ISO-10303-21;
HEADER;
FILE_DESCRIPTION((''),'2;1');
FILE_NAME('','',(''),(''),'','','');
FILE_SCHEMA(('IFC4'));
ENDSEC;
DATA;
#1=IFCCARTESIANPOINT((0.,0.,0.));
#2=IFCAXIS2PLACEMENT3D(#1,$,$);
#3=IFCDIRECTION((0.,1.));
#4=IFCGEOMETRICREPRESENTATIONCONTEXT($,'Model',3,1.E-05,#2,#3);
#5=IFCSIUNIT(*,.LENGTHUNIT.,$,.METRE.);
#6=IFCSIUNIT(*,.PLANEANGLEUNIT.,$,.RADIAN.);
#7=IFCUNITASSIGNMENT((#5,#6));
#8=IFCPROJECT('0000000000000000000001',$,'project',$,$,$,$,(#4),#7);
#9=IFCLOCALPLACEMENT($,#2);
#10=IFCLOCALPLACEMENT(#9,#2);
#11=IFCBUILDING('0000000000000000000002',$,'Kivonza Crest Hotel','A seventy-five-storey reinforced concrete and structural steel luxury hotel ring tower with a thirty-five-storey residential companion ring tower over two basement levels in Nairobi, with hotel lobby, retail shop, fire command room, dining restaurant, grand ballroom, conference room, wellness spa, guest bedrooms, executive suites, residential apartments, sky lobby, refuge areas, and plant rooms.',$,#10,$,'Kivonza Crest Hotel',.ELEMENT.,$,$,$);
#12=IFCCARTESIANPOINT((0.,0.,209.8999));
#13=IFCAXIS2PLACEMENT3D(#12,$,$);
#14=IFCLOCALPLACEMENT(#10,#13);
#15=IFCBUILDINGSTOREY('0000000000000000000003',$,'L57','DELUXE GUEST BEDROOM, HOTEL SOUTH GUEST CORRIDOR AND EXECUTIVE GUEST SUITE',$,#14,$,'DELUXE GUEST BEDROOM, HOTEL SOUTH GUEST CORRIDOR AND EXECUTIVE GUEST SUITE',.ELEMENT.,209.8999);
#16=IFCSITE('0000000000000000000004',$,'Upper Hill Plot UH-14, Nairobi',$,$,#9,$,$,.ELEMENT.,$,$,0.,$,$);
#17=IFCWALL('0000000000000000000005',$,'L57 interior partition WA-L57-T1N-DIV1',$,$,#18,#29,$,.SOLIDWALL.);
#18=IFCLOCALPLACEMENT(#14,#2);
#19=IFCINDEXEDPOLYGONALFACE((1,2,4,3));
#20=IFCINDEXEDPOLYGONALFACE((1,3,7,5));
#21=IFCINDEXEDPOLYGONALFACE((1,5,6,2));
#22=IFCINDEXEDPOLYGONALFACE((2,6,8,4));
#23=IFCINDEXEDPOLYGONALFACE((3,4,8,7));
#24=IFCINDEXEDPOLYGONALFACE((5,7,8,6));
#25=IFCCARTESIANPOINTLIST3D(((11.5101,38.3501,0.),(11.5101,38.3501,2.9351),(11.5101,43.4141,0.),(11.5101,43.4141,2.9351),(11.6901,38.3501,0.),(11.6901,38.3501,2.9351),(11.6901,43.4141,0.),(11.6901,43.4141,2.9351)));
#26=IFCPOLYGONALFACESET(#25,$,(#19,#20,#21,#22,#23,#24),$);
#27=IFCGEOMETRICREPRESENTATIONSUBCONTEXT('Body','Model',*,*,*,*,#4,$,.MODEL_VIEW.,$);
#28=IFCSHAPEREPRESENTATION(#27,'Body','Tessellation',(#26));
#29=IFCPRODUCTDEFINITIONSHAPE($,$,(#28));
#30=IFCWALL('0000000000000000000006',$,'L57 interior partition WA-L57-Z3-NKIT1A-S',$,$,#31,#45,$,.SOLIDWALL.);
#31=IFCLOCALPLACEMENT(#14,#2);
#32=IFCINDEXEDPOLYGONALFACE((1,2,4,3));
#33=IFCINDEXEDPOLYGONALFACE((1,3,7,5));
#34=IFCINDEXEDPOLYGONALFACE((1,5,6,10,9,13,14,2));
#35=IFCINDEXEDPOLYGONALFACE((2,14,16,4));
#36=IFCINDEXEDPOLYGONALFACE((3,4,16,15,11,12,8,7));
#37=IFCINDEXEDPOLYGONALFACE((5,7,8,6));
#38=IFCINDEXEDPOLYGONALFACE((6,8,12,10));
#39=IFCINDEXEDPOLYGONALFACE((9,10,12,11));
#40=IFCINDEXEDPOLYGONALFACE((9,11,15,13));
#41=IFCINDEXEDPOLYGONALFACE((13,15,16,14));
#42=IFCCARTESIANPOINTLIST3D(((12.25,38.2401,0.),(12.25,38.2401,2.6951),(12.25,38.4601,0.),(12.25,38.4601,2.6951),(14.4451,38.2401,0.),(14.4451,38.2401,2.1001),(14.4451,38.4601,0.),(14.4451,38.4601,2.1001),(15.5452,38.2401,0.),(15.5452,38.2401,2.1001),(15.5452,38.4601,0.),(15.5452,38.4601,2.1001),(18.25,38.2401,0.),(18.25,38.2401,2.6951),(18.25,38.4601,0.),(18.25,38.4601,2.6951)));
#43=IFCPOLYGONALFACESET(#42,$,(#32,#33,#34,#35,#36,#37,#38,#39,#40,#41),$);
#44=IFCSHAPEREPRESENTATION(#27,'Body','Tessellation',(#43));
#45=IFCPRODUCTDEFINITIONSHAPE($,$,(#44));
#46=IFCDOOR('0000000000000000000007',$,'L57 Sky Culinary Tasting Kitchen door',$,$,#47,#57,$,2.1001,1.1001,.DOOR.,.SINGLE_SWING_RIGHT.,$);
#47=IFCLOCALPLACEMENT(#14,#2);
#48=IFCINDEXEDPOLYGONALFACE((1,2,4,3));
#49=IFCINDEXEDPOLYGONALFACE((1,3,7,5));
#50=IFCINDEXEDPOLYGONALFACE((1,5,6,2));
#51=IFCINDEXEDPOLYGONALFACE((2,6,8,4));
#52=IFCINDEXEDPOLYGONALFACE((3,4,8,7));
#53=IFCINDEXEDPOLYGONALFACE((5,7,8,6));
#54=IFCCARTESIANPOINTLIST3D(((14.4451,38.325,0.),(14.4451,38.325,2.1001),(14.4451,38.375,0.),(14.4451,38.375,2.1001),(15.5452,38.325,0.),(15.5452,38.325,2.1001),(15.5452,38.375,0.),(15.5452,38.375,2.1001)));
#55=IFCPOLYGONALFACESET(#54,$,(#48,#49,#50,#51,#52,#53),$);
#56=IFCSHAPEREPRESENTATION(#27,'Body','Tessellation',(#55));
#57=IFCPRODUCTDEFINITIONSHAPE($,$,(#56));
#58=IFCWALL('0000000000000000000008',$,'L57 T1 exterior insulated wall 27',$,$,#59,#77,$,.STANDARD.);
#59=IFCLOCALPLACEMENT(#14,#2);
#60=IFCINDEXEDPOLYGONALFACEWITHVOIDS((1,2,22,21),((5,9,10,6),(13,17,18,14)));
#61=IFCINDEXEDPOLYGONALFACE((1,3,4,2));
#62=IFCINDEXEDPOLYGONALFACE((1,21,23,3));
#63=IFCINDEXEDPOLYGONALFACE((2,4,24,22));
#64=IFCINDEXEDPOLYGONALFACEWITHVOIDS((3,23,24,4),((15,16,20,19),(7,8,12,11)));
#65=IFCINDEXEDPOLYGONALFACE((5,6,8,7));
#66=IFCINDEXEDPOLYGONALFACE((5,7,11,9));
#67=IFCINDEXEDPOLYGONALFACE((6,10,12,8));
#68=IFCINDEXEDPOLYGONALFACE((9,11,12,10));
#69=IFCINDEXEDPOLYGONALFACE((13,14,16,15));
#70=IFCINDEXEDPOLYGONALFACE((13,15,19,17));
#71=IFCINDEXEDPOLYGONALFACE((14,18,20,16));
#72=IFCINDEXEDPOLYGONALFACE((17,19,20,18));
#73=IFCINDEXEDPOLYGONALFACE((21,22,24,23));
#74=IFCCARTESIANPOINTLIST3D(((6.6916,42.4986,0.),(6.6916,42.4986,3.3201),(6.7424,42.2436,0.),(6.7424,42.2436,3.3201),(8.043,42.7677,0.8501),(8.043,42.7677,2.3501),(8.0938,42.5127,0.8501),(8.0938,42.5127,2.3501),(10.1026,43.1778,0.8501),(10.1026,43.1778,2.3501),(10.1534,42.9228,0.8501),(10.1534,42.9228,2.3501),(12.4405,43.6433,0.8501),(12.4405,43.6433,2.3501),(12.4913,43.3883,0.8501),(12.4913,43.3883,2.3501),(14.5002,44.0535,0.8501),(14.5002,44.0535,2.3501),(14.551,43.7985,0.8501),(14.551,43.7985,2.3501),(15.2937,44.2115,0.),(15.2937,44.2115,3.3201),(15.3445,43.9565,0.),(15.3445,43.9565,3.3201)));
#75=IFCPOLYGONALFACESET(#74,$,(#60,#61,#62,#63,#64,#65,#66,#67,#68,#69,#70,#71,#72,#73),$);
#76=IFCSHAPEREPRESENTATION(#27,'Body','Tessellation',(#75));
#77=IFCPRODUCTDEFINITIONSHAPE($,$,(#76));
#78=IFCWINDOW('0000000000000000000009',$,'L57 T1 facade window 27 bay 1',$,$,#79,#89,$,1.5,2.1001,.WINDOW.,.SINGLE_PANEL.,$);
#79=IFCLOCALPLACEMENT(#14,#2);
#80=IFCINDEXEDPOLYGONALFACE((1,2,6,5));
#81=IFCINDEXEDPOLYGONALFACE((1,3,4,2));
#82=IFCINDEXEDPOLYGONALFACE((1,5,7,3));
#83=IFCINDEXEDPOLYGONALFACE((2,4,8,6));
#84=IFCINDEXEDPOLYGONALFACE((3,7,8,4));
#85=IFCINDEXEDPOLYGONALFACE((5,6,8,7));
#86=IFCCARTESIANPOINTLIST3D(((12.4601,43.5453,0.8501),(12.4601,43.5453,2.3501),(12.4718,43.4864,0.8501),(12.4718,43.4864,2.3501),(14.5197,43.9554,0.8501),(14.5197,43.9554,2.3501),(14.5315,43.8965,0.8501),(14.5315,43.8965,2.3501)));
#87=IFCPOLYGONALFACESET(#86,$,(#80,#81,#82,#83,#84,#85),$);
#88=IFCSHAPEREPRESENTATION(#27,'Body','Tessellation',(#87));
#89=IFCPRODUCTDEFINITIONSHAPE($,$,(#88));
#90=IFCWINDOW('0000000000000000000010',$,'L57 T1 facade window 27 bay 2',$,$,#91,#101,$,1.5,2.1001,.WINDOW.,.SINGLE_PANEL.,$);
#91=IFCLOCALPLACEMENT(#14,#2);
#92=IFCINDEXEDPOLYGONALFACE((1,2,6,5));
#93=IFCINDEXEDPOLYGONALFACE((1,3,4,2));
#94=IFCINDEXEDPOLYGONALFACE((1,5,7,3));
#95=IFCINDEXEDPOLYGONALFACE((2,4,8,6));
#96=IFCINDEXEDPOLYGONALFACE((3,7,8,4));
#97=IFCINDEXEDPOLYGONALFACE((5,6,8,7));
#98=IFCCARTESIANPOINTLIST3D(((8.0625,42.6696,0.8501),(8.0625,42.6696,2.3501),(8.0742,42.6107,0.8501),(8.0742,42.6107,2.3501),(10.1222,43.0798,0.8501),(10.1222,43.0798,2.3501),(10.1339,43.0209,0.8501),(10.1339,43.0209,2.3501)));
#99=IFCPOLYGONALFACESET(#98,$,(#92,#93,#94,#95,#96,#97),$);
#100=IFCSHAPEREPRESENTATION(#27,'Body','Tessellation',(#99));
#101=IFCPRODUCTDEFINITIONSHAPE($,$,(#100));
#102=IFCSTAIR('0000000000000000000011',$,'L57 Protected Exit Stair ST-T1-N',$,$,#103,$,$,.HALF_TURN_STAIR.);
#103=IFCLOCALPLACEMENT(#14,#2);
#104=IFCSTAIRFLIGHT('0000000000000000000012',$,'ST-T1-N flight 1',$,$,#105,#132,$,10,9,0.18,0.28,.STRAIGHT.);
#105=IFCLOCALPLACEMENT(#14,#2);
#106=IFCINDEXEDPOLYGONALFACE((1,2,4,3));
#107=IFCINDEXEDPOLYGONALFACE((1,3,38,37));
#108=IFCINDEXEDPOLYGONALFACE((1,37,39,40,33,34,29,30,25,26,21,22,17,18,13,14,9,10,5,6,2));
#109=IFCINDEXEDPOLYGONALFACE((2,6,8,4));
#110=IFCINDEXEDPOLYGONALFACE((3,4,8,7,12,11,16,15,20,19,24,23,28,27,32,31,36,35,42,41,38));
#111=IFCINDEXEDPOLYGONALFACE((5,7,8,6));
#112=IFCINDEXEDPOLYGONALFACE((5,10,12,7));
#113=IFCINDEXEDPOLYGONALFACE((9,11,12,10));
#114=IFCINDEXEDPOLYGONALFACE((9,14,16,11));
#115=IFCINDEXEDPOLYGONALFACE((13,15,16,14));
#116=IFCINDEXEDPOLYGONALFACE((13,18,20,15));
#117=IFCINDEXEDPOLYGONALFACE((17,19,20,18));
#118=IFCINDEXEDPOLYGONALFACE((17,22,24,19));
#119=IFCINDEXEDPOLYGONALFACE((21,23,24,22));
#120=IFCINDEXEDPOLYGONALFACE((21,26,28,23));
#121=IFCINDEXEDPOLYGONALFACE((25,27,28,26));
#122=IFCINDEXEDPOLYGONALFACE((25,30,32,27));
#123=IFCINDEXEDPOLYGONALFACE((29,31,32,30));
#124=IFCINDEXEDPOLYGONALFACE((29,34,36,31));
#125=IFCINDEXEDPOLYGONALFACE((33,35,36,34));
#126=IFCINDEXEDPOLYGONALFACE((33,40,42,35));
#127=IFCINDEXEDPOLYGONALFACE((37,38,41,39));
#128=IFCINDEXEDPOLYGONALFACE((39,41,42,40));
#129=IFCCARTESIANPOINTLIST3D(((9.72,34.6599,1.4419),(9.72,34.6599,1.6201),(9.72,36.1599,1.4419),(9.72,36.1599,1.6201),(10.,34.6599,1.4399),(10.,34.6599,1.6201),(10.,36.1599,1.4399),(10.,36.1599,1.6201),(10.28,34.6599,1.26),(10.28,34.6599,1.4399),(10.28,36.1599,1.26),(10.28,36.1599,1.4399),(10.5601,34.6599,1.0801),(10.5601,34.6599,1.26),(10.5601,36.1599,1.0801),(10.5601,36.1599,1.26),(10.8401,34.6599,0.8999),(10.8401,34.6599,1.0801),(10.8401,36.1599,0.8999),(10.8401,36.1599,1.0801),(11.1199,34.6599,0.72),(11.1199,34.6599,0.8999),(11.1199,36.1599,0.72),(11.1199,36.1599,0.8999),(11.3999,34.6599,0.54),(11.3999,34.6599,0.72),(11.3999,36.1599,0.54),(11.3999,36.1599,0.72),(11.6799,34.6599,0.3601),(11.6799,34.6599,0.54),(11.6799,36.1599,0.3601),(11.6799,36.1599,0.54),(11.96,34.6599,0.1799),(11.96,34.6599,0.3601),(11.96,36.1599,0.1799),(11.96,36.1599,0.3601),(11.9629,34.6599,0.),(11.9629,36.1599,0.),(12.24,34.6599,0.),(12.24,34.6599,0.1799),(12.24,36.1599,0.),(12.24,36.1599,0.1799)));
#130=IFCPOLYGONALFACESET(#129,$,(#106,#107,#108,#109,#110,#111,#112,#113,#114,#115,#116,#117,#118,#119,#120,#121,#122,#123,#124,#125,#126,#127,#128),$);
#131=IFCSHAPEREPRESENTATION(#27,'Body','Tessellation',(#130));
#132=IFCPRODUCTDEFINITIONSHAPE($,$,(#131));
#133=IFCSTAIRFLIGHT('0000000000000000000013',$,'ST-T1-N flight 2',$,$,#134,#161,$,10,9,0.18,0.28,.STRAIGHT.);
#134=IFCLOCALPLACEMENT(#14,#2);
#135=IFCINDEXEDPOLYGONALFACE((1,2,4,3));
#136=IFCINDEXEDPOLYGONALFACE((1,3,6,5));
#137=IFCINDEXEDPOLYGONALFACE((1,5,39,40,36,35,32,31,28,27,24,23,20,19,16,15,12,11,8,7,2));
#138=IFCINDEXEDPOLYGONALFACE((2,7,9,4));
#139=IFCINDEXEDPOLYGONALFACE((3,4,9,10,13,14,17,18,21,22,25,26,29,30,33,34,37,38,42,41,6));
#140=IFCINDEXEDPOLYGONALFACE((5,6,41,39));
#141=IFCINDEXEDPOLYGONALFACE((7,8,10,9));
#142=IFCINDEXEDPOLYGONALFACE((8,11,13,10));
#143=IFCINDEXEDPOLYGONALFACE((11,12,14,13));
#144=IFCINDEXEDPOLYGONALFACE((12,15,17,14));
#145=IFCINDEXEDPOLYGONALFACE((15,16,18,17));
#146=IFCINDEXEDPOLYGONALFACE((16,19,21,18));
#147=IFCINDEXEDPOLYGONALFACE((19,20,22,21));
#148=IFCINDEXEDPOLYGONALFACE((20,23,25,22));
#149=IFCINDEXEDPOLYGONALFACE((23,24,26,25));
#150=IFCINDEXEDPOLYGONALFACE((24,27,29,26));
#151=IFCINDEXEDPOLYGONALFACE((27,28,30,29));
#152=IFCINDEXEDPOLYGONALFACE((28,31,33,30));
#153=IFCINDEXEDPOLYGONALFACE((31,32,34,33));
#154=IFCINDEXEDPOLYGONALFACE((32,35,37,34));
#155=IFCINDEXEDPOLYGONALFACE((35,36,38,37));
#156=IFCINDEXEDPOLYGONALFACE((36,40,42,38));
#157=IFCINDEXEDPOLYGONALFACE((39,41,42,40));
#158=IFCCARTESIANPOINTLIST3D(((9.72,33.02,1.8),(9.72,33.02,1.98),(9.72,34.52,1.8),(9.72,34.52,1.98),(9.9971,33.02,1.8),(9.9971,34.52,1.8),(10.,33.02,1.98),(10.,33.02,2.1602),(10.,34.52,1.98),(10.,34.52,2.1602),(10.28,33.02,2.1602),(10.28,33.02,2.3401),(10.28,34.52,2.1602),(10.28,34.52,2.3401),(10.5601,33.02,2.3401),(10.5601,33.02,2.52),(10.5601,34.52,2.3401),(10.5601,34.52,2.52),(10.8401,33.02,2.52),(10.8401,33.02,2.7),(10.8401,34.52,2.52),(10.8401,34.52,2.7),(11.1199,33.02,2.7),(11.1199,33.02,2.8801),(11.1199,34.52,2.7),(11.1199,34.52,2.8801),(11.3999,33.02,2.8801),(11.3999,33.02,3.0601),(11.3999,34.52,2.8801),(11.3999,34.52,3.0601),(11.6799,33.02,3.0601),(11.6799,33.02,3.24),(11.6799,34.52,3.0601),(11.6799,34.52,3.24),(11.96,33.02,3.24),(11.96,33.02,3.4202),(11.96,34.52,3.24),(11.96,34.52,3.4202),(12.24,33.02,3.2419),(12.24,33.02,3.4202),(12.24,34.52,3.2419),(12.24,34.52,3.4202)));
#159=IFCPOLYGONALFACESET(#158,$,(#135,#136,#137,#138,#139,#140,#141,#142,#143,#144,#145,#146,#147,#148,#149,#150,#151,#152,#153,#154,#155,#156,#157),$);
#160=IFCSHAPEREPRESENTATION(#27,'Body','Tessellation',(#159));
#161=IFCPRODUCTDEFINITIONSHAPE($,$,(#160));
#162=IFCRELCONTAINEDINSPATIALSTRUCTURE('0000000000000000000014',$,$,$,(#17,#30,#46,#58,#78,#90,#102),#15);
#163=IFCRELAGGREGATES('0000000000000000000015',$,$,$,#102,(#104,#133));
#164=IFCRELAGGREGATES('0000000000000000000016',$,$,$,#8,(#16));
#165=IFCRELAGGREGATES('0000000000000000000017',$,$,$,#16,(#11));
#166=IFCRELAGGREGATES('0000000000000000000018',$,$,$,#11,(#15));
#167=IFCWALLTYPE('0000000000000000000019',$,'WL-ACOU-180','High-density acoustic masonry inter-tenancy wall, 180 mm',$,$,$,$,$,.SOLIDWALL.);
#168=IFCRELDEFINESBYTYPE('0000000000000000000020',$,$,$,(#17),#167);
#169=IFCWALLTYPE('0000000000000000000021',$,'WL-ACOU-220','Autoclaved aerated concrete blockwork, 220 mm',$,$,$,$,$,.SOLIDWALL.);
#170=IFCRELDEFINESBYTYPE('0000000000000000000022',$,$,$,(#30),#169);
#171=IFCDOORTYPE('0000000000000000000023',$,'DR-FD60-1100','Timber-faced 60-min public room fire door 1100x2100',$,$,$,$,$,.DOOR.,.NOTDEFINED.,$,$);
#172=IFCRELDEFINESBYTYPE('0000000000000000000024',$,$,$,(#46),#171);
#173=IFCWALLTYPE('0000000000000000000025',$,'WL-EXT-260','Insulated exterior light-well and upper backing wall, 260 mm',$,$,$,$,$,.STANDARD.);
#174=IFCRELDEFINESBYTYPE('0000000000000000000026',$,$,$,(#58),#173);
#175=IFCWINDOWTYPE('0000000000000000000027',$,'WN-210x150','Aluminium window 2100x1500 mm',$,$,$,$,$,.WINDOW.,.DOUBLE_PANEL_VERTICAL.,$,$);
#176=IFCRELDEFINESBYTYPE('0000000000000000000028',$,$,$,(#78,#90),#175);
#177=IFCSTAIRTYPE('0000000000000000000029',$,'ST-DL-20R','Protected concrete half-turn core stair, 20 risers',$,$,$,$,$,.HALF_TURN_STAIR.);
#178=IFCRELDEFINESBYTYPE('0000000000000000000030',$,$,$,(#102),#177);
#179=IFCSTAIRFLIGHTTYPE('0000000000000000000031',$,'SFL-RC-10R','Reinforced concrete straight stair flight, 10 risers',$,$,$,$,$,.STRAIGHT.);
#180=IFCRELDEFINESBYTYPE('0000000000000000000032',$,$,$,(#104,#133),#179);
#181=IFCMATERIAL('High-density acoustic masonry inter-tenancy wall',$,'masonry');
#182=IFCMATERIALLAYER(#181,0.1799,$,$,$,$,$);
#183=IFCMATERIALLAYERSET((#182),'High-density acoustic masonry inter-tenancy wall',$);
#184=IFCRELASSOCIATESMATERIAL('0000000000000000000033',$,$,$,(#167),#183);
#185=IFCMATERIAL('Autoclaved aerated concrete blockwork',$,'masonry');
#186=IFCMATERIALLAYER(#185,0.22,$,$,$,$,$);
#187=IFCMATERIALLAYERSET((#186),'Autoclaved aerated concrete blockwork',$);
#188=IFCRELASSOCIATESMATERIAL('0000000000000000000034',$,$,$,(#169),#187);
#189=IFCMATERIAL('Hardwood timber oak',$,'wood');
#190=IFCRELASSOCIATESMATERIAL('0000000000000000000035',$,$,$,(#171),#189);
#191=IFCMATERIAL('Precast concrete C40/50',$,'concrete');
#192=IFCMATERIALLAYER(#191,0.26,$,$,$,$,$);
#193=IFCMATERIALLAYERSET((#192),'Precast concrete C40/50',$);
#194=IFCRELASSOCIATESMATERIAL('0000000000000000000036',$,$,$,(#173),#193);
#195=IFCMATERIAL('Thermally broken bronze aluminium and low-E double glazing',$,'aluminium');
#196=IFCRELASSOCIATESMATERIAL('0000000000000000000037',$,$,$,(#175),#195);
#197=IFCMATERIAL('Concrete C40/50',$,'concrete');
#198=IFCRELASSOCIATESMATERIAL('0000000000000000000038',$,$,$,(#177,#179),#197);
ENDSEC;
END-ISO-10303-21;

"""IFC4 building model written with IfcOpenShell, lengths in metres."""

from ifc_helpers import new_model, si_unit, direction, frame, frame_2d, origin, place, context, subcontext, project, spatial, polyline, rectangle, outline, extrude, material, layer, layer_set, type_object, element, fill, aggregate, save


model = new_model("IFC4")

# Units and contexts
model_context = context("Model", 3, precision=1e-05, world=origin(), true_north=direction((0.0, 1.0)))
body_context = subcontext(model_context, "Body", "Model", "MODEL_VIEW")
ifc_project = project(units=[si_unit("LENGTHUNIT", "METRE"), si_unit("PLANEANGLEUNIT", "RADIAN")], contexts=[model_context])

# Site, building, storey
site_placement = place(None, origin())
site = spatial("IfcSite", under=ifc_project, at=site_placement, Name="Upper Hill Plot UH-14, Nairobi", CompositionType="ELEMENT", RefElevation=0.0)
building_placement = place(site_placement, origin())
building = spatial("IfcBuilding", under=site, at=building_placement, Name="Kivonza Crest Hotel", Description="A seventy-five-storey reinforced concrete and structural steel luxury hotel ring tower with a thirty-five-storey residential companion ring tower over two basement levels in Nairobi, with hotel lobby, retail shop, fire command room, dining restaurant, grand ballroom, conference room, wellness spa, guest bedrooms, executive suites, residential apartments, sky lobby, refuge areas, and plant rooms.", LongName="Kivonza Crest Hotel", CompositionType="ELEMENT")
storey_placement = place(building_placement, frame((0.0, 0.0, 209.8999)))
storey = spatial("IfcBuildingStorey", under=building, at=storey_placement, Name="L57", Description="DELUXE GUEST BEDROOM, HOTEL SOUTH GUEST CORRIDOR AND EXECUTIVE GUEST SUITE", LongName="DELUXE GUEST BEDROOM, HOTEL SOUTH GUEST CORRIDOR AND EXECUTIVE GUEST SUITE", CompositionType="ELEMENT", Elevation=209.8999)

# Wall
ifc_material_1 = material(Name="High-density acoustic masonry inter-tenancy wall", Category="masonry")
ifc_layer_1 = layer(ifc_material_1, 0.1799)
ifc_layer_set_1 = layer_set([ifc_layer_1], Name="High-density acoustic masonry inter-tenancy wall")
wall_type_1 = type_object("IfcWallType", Name="WL-ACOU-180", Description="High-density acoustic masonry inter-tenancy wall, 180 mm", PredefinedType="SOLIDWALL", material=ifc_layer_set_1)
wall_1_placement = place(storey_placement, frame((11.6001, 38.3501, 0.0), z_axis=(0.0, 0.0, 1.0), x_axis=(0.0, 1.0, 0.0)))
element("IfcWall", 1, at=wall_1_placement, inside=storey, type_object=wall_type_1, Name="L57 interior partition WA-L57-T1N-DIV1", PredefinedType="SOLIDWALL", context=body_context, shape_type="SweptSolid", body=[
    extrude(rectangle(XDim=5.064, YDim=0.1799, at=frame_2d((2.532, 0.0))), origin(), (0.0, 0.0, 1.0), 2.9351),
])

# Wall, opening, door
ifc_material_2 = material(Name="Autoclaved aerated concrete blockwork", Category="masonry")
ifc_layer_2 = layer(ifc_material_2, 0.22)
ifc_layer_set_2 = layer_set([ifc_layer_2], Name="Autoclaved aerated concrete blockwork")
wall_type_2 = type_object("IfcWallType", Name="WL-ACOU-220", Description="Autoclaved aerated concrete blockwork, 220 mm", PredefinedType="SOLIDWALL", material=ifc_layer_set_2)
wall_2_placement = place(storey_placement, frame((12.25, 38.3501, 0.0), z_axis=(0.0, 0.0, 1.0), x_axis=(1.0, 0.0, 0.0)))
wall_2 = element("IfcWall", 2, at=wall_2_placement, inside=storey, type_object=wall_type_2, Name="L57 interior partition WA-L57-Z3-NKIT1A-S", PredefinedType="SOLIDWALL", context=body_context, shape_type="SweptSolid", body=[
    extrude(rectangle(XDim=6.0, YDim=0.22, at=frame_2d((3.0, 0.0))), origin(), (0.0, 0.0, 1.0), 2.6951),
])
opening_1_placement = place(wall_2_placement, frame((2.1951, 0.0, 0.0)))
opening_1 = element("IfcOpeningElement", 3, at=opening_1_placement, cuts=wall_2, PredefinedType="OPENING", context=body_context, shape_type="SweptSolid", body=[
    extrude(rectangle(XDim=1.1001, YDim=2.1001, at=frame_2d((0.55, 1.05))), frame((0.0, 0.1201, 0.0), z_axis=(0.0, -1.0, 0.0), x_axis=(1.0, 0.0, 0.0)), (0.0, 0.0, 1.0), 0.24),
])
ifc_material_3 = material(Name="Hardwood timber oak", Category="wood")
door_type = type_object("IfcDoorType", Name="DR-FD60-1100", Description="Timber-faced 60-min public room fire door 1100x2100", OperationType="NOTDEFINED", PredefinedType="DOOR", material=ifc_material_3)
door_placement = place(opening_1_placement, origin())
door = element("IfcDoor", 4, at=door_placement, inside=storey, type_object=door_type, Name="L57 Sky Culinary Tasting Kitchen door", OperationType="SINGLE_SWING_RIGHT", OverallHeight=2.1001, OverallWidth=1.1001, PredefinedType="DOOR", context=body_context, shape_type="SweptSolid", body=[
    extrude(rectangle(XDim=1.1001, YDim=2.1001, at=frame_2d((0.55, 1.05))), frame((0.0, 0.0249, 0.0), z_axis=(0.0, -1.0, 0.0), x_axis=(1.0, 0.0, 0.0)), (0.0, 0.0, 1.0), 0.05),
])
fill(opening_1, door)

# Wall, openings, windows
ifc_material_4 = material(Name="Precast concrete C40/50", Category="concrete")
ifc_layer_3 = layer(ifc_material_4, 0.26)
ifc_layer_set_3 = layer_set([ifc_layer_3], Name="Precast concrete C40/50")
wall_type_3 = type_object("IfcWallType", Name="WL-EXT-260", Description="Insulated exterior light-well and upper backing wall, 260 mm", PredefinedType="STANDARD", material=ifc_layer_set_3)
wall_3_placement = place(storey_placement, frame((15.3191, 44.084, 0.0), z_axis=(0.0, 0.0, 1.0), x_axis=(-0.980745, -0.195292, 0.0)))
wall_3 = element("IfcWall", 5, at=wall_3_placement, inside=storey, type_object=wall_type_3, Name="L57 T1 exterior insulated wall 27", PredefinedType="STANDARD", context=body_context, shape_type="SweptSolid", body=[
    extrude(rectangle(XDim=8.771, YDim=0.26, at=frame_2d((4.3855, 0.0))), origin(), (0.0, 0.0, 1.0), 3.3201),
])
opening_2_placement = place(wall_3_placement, frame((0.8091, 0.0, 0.8501)))
opening_2 = element("IfcOpeningElement", 6, at=opening_2_placement, cuts=wall_3, PredefinedType="OPENING", context=body_context, shape_type="SweptSolid", body=[
    extrude(rectangle(XDim=2.1001, YDim=1.5, at=frame_2d((1.05, 0.75))), frame((0.0, 0.1401, 0.0), z_axis=(0.0, -1.0, 0.0), x_axis=(1.0, 0.0, 0.0)), (0.0, 0.0, 1.0), 0.28),
])
opening_3_placement = place(wall_3_placement, frame((5.293, 0.0, 0.8501)))
opening_3 = element("IfcOpeningElement", 7, at=opening_3_placement, cuts=wall_3, PredefinedType="OPENING", context=body_context, shape_type="SweptSolid", body=[
    extrude(rectangle(XDim=2.1001, YDim=1.5, at=frame_2d((1.05, 0.75))), frame((0.0, 0.1401, 0.0), z_axis=(0.0, -1.0, 0.0), x_axis=(1.0, 0.0, 0.0)), (0.0, 0.0, 1.0), 0.28),
])
ifc_material_5 = material(Name="Thermally broken bronze aluminium and low-E double glazing", Category="aluminium")
window_type = type_object("IfcWindowType", Name="WN-210x150", Description="Aluminium window 2100x1500 mm", PartitioningType="DOUBLE_PANEL_VERTICAL", PredefinedType="WINDOW", material=ifc_material_5)
window_1_placement = place(opening_2_placement, origin())
window_1 = element("IfcWindow", 8, at=window_1_placement, inside=storey, type_object=window_type, Name="L57 T1 facade window 27 bay 1", OverallHeight=1.5, OverallWidth=2.1001, PartitioningType="SINGLE_PANEL", PredefinedType="WINDOW", context=body_context, shape_type="SweptSolid", body=[
    extrude(rectangle(XDim=2.1001, YDim=1.5, at=frame_2d((1.05, 0.75))), frame((0.0, 0.03, 0.0), z_axis=(0.0, -1.0, 0.0), x_axis=(1.0, 0.0, 0.0)), (0.0, 0.0, 1.0), 0.0601),
])
fill(opening_2, window_1)
window_2_placement = place(opening_3_placement, origin())
window_2 = element("IfcWindow", 9, at=window_2_placement, inside=storey, type_object=window_type, Name="L57 T1 facade window 27 bay 2", OverallHeight=1.5, OverallWidth=2.1001, PartitioningType="SINGLE_PANEL", PredefinedType="WINDOW", context=body_context, shape_type="SweptSolid", body=[
    extrude(rectangle(XDim=2.1001, YDim=1.5, at=frame_2d((1.05, 0.75))), frame((0.0, 0.03, 0.0), z_axis=(0.0, -1.0, 0.0), x_axis=(1.0, 0.0, 0.0)), (0.0, 0.0, 1.0), 0.0601),
])
fill(opening_3, window_2)

# Stair, stair flights
ifc_material_6 = material(Name="Concrete C40/50", Category="concrete")
stair_type = type_object("IfcStairType", Name="ST-DL-20R", Description="Protected concrete half-turn core stair, 20 risers", PredefinedType="HALF_TURN_STAIR", material=ifc_material_6)
stair_placement = place(storey_placement, origin())
stair = element("IfcStair", 10, at=stair_placement, inside=storey, type_object=stair_type, Name="L57 Protected Exit Stair ST-T1-N", PredefinedType="HALF_TURN_STAIR")
stair_flight_type = type_object("IfcStairFlightType", Name="SFL-RC-10R", Description="Reinforced concrete straight stair flight, 10 risers", PredefinedType="STRAIGHT", material=ifc_material_6)
stair_flight_1_placement = place(storey_placement, frame((12.24, 35.4099, 0.0), z_axis=(0.0, 0.0, 1.0), x_axis=(-1.0, 0.0, 0.0)))
stair_flight_1 = element("IfcStairFlight", 11, at=stair_flight_1_placement, type_object=stair_flight_type, Name="ST-T1-N flight 1", NumberOfRisers=10, NumberOfTreads=9, PredefinedType="STRAIGHT", RiserHeight=0.18, TreadLength=0.28, context=body_context, shape_type="SweptSolid", body=[
    extrude(outline(polyline([(0.0, 0.0), (0.0, 0.1799), (0.28, 0.1799), (0.28, 0.3601), (0.5601, 0.3601), (0.5601, 0.54), (0.8401, 0.54), (0.8401, 0.72), (1.1201, 0.72), (1.1201, 0.8999), (1.3999, 0.8999), (1.3999, 1.0801), (1.6799, 1.0801), (1.6799, 1.26), (1.96, 1.26), (1.96, 1.4399), (2.24, 1.4399), (2.24, 1.6201), (2.52, 1.6201), (2.52, 1.8), (2.52, 1.4419), (0.2771, 0.0), (0.0, 0.0)])), frame((0.0, 0.75, 0.0), z_axis=(0.0, -1.0, 0.0), x_axis=(1.0, 0.0, 0.0)), (0.0, 0.0, 1.0), 1.5),
])
stair_flight_2_placement = place(storey_placement, frame((9.72, 33.77, 1.8), z_axis=(0.0, 0.0, 1.0), x_axis=(1.0, 0.0, 0.0)))
stair_flight_2 = element("IfcStairFlight", 12, at=stair_flight_2_placement, type_object=stair_flight_type, Name="ST-T1-N flight 2", NumberOfRisers=10, NumberOfTreads=9, PredefinedType="STRAIGHT", RiserHeight=0.18, TreadLength=0.28, context=body_context, shape_type="SweptSolid", body=[
    extrude(outline(polyline([(0.0, 0.0), (0.0, 0.1799), (0.28, 0.1799), (0.28, 0.3601), (0.5601, 0.3601), (0.5601, 0.54), (0.8401, 0.54), (0.8401, 0.72), (1.1201, 0.72), (1.1201, 0.8999), (1.3999, 0.8999), (1.3999, 1.0801), (1.6799, 1.0801), (1.6799, 1.26), (1.96, 1.26), (1.96, 1.4399), (2.24, 1.4399), (2.24, 1.6201), (2.52, 1.6201), (2.52, 1.8), (2.52, 1.4419), (0.2771, 0.0), (0.0, 0.0)])), frame((0.0, 0.75, 0.0), z_axis=(0.0, -1.0, 0.0), x_axis=(1.0, 0.0, 0.0)), (0.0, 0.0, 1.0), 1.5),
])
aggregate(stair, [stair_flight_1, stair_flight_2])

save(model, "model.ifc")
